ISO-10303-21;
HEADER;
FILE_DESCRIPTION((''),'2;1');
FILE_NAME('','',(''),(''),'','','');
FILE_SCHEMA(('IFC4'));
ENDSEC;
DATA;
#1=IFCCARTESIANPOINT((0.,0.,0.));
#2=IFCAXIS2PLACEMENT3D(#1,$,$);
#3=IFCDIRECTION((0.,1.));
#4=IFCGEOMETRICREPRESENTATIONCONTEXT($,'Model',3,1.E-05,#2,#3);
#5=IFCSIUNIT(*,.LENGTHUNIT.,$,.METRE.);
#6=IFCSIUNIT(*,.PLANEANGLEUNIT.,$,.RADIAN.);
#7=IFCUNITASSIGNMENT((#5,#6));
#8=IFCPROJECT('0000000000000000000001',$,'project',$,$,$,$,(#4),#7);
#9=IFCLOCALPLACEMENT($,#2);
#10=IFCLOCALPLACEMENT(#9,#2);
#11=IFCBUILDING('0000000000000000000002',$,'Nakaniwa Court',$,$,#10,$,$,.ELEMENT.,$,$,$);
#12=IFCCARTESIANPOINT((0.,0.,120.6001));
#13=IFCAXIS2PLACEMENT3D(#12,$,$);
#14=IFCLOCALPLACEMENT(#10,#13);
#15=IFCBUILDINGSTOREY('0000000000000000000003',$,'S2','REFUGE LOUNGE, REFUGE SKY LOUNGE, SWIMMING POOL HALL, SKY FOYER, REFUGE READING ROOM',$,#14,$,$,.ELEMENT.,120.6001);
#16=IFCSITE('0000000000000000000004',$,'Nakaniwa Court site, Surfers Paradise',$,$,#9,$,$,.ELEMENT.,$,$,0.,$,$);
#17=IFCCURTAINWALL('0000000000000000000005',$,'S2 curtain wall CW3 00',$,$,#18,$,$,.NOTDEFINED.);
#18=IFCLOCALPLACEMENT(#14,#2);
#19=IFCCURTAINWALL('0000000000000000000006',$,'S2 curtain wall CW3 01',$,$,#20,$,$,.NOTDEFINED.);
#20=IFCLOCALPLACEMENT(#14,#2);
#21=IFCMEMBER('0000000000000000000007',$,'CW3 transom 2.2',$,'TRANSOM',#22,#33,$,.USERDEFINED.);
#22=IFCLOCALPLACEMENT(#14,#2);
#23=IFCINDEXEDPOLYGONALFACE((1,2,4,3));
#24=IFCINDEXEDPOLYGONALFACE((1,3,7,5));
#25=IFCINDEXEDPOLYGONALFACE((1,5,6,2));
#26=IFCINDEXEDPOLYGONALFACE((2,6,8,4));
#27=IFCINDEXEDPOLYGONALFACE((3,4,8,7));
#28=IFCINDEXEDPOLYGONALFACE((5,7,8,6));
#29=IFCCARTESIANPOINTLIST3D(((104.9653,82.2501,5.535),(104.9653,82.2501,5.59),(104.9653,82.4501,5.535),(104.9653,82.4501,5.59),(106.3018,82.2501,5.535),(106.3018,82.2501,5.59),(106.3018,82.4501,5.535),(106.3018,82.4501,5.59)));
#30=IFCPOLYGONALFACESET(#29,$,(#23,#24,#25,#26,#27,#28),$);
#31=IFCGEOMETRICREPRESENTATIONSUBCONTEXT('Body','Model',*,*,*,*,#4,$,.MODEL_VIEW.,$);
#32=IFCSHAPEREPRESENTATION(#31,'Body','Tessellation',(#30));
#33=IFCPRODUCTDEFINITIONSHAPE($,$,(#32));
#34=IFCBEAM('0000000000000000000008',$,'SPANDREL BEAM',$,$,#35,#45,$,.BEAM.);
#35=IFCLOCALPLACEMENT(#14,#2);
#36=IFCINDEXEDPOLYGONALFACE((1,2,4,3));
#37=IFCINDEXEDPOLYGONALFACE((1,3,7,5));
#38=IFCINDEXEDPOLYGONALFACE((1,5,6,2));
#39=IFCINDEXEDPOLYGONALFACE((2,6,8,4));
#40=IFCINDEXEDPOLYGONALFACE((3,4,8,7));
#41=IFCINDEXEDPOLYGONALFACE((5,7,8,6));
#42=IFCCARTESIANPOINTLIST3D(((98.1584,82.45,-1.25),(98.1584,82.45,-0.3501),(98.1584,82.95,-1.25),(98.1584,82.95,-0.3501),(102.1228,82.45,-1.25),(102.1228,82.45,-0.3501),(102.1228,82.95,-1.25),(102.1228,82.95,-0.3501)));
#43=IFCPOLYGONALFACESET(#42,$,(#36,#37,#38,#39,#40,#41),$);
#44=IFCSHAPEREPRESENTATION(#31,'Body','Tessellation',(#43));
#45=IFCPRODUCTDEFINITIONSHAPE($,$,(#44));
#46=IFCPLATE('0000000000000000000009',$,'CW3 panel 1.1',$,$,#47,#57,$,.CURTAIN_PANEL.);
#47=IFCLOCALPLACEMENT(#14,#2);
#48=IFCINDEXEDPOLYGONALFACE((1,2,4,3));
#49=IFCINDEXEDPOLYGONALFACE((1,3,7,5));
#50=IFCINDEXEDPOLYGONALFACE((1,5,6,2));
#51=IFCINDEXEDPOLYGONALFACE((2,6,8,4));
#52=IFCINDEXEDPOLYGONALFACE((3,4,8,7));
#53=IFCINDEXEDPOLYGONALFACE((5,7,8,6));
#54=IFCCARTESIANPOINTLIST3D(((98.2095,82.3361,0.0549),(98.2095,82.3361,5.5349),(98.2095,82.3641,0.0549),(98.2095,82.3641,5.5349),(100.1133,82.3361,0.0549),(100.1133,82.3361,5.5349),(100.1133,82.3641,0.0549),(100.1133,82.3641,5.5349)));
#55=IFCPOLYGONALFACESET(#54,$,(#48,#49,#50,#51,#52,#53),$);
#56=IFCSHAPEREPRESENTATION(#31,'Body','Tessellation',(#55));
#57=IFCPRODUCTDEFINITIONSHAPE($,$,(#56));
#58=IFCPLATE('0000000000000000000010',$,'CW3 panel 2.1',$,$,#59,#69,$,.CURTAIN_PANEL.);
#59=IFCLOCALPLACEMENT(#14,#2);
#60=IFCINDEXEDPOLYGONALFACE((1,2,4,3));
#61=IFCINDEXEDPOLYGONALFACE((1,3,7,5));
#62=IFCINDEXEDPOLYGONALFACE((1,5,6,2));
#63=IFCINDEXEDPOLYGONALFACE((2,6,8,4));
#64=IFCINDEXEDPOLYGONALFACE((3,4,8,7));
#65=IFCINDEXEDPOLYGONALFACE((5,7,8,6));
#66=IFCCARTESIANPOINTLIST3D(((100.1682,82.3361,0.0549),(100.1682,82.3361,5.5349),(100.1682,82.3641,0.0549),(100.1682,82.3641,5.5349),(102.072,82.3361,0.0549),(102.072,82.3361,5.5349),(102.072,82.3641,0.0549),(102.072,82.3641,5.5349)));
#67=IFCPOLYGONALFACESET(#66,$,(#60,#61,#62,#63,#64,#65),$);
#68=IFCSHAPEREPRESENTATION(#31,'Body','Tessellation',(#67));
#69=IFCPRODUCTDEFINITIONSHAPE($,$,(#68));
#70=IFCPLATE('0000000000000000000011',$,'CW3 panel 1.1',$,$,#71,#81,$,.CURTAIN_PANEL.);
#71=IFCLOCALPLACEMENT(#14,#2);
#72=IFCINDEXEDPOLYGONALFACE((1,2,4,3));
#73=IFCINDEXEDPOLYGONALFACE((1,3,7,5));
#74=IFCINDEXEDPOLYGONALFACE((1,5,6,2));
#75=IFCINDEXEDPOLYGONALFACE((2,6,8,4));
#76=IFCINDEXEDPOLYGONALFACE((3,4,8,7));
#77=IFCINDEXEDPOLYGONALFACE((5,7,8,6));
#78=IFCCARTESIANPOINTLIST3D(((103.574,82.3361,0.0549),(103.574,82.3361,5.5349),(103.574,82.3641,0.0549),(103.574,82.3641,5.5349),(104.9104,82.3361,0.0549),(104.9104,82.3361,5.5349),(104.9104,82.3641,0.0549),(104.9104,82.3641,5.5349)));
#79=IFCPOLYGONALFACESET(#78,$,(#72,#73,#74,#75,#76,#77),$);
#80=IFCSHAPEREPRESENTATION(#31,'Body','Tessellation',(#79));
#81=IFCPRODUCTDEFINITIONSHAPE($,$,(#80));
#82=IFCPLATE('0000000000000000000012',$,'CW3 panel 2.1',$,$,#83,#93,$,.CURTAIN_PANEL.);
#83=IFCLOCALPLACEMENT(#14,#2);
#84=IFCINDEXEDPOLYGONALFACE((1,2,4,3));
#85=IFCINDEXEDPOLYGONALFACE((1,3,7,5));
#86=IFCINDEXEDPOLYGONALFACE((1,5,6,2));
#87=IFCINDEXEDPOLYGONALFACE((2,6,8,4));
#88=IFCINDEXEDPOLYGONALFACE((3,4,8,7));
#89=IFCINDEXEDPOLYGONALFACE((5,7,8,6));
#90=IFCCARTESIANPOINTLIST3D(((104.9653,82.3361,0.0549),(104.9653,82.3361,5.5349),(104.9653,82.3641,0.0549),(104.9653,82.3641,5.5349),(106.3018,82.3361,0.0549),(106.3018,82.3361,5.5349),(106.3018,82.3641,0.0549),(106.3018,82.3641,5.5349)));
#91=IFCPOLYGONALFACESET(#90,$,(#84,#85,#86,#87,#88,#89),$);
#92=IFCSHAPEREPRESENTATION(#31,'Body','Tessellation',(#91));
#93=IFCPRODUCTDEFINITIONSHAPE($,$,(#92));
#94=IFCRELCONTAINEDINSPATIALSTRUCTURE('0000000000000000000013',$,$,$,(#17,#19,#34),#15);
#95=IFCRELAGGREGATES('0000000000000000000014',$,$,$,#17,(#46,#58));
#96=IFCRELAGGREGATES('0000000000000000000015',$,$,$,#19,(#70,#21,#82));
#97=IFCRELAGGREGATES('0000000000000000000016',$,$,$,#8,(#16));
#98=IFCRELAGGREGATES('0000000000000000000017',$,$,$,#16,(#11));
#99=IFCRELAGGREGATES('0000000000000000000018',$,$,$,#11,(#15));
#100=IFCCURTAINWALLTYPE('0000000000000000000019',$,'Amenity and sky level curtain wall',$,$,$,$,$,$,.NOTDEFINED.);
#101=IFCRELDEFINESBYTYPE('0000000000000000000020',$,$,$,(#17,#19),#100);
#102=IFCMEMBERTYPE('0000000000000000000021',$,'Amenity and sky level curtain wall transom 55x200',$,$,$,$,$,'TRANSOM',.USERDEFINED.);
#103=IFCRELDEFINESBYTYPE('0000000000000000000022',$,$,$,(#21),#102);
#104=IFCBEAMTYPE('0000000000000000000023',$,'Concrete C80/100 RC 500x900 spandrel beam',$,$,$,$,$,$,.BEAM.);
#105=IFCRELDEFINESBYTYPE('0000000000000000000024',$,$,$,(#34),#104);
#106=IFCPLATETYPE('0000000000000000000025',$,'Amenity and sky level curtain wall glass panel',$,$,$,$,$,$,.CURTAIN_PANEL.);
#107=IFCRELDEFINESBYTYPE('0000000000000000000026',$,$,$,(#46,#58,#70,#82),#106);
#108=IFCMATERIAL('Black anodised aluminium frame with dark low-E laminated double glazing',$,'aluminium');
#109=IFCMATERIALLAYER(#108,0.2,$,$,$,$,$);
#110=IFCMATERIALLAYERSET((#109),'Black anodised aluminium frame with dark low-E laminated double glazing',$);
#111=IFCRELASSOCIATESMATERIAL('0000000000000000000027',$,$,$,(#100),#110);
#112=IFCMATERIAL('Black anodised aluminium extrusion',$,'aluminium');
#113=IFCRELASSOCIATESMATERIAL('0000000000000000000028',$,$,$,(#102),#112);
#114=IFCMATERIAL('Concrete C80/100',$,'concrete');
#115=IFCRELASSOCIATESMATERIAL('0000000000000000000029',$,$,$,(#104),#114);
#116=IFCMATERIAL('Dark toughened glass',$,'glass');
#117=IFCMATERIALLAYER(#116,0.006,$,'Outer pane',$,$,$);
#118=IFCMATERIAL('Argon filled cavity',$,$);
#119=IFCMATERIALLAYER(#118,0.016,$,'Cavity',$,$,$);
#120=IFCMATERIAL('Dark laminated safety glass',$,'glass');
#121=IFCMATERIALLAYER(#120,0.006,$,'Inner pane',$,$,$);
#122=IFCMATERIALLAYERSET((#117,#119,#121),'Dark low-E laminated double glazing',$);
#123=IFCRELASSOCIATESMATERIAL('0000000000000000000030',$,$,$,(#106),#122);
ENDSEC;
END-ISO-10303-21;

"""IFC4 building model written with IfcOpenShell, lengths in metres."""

from ifc_helpers import new_model, si_unit, direction, frame, origin, origin_2d, place, context, subcontext, project, spatial, rectangle, extrude, material, layer, layer_set, material_profile, profile_set, type_object, element, aggregate, save


model = new_model("IFC4")

# Units and contexts
model_context = context("Model", 3, precision=1e-05, world=origin(), true_north=direction((0.0, 1.0)))
body_context = subcontext(model_context, "Body", "Model", "MODEL_VIEW")
ifc_project = project(units=[si_unit("LENGTHUNIT", "METRE"), si_unit("PLANEANGLEUNIT", "RADIAN")], contexts=[model_context])

# Site, building, storey
site_placement = place(None, origin())
site = spatial("IfcSite", under=ifc_project, at=site_placement, Name="Nakaniwa Court site, Surfers Paradise", CompositionType="ELEMENT", RefElevation=0.0)
building_placement = place(site_placement, origin())
building = spatial("IfcBuilding", under=site, at=building_placement, Name="Nakaniwa Court", CompositionType="ELEMENT")
storey_placement = place(building_placement, frame((0.0, 0.0, 120.6001)))
storey = spatial("IfcBuildingStorey", under=building, at=storey_placement, Name="S2", Description="REFUGE LOUNGE, REFUGE SKY LOUNGE, SWIMMING POOL HALL, SKY FOYER, REFUGE READING ROOM", CompositionType="ELEMENT", Elevation=120.6001)

# Shared definitions
ifc_material_1 = material(Name="Concrete C80/100", Category="concrete")

# Curtain walls
ifc_material_2 = material(Name="Black anodised aluminium frame with dark low-E laminated double glazing", Category="aluminium")
ifc_layer_1 = layer(ifc_material_2, 0.2)
ifc_layer_set_1 = layer_set([ifc_layer_1], Name="Black anodised aluminium frame with dark low-E laminated double glazing")
curtain_wall_type = type_object("IfcCurtainWallType", Name="Amenity and sky level curtain wall", PredefinedType="NOTDEFINED", material=ifc_layer_set_1)
curtain_wall_1_placement = place(storey_placement, origin())
curtain_wall_1 = element("IfcCurtainWall", 1, at=curtain_wall_1_placement, inside=storey, type_object=curtain_wall_type, Name="S2 curtain wall CW3 00", PredefinedType="NOTDEFINED")
ifc_material_3 = material(Name="Black anodised aluminium extrusion", Category="aluminium")
curtain_wall_2_placement = place(storey_placement, origin())
curtain_wall_2 = element("IfcCurtainWall", 2, at=curtain_wall_2_placement, inside=storey, type_object=curtain_wall_type, Name="S2 curtain wall CW3 01", PredefinedType="NOTDEFINED")

# Member
ifc_material_profile_1 = material_profile(ifc_material_3, rectangle(XDim=0.2, YDim=0.0549, at=origin_2d()), Name="Amenity and sky level curtain wall transom 55x200")
ifc_profile_set_1 = profile_set([ifc_material_profile_1], Name="Black anodised aluminium extrusion")
member_type_1 = type_object("IfcMemberType", Name="Amenity and sky level curtain wall transom 55x200", ElementType="TRANSOM", PredefinedType="USERDEFINED", material=ifc_profile_set_1)
member_1_placement = place(storey_placement, frame((104.9653, 82.3501, 5.5625), z_axis=(1.0, 0.0, 0.0), x_axis=(0.0, 1.0, 0.0)))
member_1 = element("IfcMember", 3, at=member_1_placement, type_object=member_type_1, Name="CW3 transom 2.2", ObjectType="TRANSOM", PredefinedType="USERDEFINED", context=body_context, shape_type="SweptSolid", body=[
    extrude(rectangle(XDim=0.2, YDim=0.0549, at=origin_2d()), origin(), (0.0, 0.0, 1.0), 1.3364),
])

# Beam
ifc_material_profile_2 = material_profile(ifc_material_1, rectangle(XDim=0.5, YDim=0.8999, at=origin_2d()), Name="Concrete C80/100 RC 500x900 spandrel beam")
ifc_profile_set_2 = profile_set([ifc_material_profile_2], Name="Concrete C80/100")
beam_type = type_object("IfcBeamType", Name="Concrete C80/100 RC 500x900 spandrel beam", PredefinedType="BEAM", material=ifc_profile_set_2)
beam_placement = place(storey_placement, frame((98.1584, 82.7, -0.8), z_axis=(1.0, 0.0, 0.0), x_axis=(0.0, 1.0, 0.0)))
element("IfcBeam", 4, at=beam_placement, inside=storey, type_object=beam_type, Name="SPANDREL BEAM", PredefinedType="BEAM", context=body_context, shape_type="SweptSolid", body=[
    extrude(rectangle(XDim=0.5, YDim=0.8999, at=origin_2d()), origin(), (0.0, 0.0, 1.0), 3.9644),
])

# Plates
ifc_material_4 = material(Name="Dark toughened glass", Category="glass")
ifc_layer_2 = layer(ifc_material_4, 0.006, Name="Outer pane")
ifc_material_5 = material(Name="Argon filled cavity")
ifc_layer_3 = layer(ifc_material_5, 0.016, Name="Cavity")
ifc_material_6 = material(Name="Dark laminated safety glass", Category="glass")
ifc_layer_4 = layer(ifc_material_6, 0.006, Name="Inner pane")
ifc_layer_set_2 = layer_set([ifc_layer_2, ifc_layer_3, ifc_layer_4], Name="Dark low-E laminated double glazing")
plate_type = type_object("IfcPlateType", Name="Amenity and sky level curtain wall glass panel", PredefinedType="CURTAIN_PANEL", material=ifc_layer_set_2)
plate_1_placement = place(storey_placement, frame((99.1614, 82.3501, 0.0549), z_axis=(0.0, 0.0, 1.0), x_axis=(1.0, 0.0, 0.0)))
plate_1 = element("IfcPlate", 5, at=plate_1_placement, type_object=plate_type, Name="CW3 panel 1.1", PredefinedType="CURTAIN_PANEL", context=body_context, shape_type="SweptSolid", body=[
    extrude(rectangle(XDim=1.9038, YDim=0.0281, at=origin_2d()), origin(), (0.0, 0.0, 1.0), 5.48),
])
plate_2_placement = place(storey_placement, frame((101.1201, 82.3501, 0.0549), z_axis=(0.0, 0.0, 1.0), x_axis=(1.0, 0.0, 0.0)))
plate_2 = element("IfcPlate", 6, at=plate_2_placement, type_object=plate_type, Name="CW3 panel 2.1", PredefinedType="CURTAIN_PANEL", context=body_context, shape_type="SweptSolid", body=[
    extrude(rectangle(XDim=1.9038, YDim=0.0281, at=origin_2d()), origin(), (0.0, 0.0, 1.0), 5.48),
])
aggregate(curtain_wall_1, [plate_1, plate_2])
plate_3_placement = place(storey_placement, frame((104.2422, 82.3501, 0.0549), z_axis=(0.0, 0.0, 1.0), x_axis=(1.0, 0.0, 0.0)))
plate_3 = element("IfcPlate", 7, at=plate_3_placement, type_object=plate_type, Name="CW3 panel 1.1", PredefinedType="CURTAIN_PANEL", context=body_context, shape_type="SweptSolid", body=[
    extrude(rectangle(XDim=1.3364, YDim=0.0281, at=origin_2d()), origin(), (0.0, 0.0, 1.0), 5.48),
])
plate_4_placement = place(storey_placement, frame((105.6335, 82.3501, 0.0549), z_axis=(0.0, 0.0, 1.0), x_axis=(1.0, 0.0, 0.0)))
plate_4 = element("IfcPlate", 8, at=plate_4_placement, type_object=plate_type, Name="CW3 panel 2.1", PredefinedType="CURTAIN_PANEL", context=body_context, shape_type="SweptSolid", body=[
    extrude(rectangle(XDim=1.3364, YDim=0.0281, at=origin_2d()), origin(), (0.0, 0.0, 1.0), 5.48),
])
aggregate(curtain_wall_2, [plate_3, member_1, plate_4])

save(model, "model.ifc")
